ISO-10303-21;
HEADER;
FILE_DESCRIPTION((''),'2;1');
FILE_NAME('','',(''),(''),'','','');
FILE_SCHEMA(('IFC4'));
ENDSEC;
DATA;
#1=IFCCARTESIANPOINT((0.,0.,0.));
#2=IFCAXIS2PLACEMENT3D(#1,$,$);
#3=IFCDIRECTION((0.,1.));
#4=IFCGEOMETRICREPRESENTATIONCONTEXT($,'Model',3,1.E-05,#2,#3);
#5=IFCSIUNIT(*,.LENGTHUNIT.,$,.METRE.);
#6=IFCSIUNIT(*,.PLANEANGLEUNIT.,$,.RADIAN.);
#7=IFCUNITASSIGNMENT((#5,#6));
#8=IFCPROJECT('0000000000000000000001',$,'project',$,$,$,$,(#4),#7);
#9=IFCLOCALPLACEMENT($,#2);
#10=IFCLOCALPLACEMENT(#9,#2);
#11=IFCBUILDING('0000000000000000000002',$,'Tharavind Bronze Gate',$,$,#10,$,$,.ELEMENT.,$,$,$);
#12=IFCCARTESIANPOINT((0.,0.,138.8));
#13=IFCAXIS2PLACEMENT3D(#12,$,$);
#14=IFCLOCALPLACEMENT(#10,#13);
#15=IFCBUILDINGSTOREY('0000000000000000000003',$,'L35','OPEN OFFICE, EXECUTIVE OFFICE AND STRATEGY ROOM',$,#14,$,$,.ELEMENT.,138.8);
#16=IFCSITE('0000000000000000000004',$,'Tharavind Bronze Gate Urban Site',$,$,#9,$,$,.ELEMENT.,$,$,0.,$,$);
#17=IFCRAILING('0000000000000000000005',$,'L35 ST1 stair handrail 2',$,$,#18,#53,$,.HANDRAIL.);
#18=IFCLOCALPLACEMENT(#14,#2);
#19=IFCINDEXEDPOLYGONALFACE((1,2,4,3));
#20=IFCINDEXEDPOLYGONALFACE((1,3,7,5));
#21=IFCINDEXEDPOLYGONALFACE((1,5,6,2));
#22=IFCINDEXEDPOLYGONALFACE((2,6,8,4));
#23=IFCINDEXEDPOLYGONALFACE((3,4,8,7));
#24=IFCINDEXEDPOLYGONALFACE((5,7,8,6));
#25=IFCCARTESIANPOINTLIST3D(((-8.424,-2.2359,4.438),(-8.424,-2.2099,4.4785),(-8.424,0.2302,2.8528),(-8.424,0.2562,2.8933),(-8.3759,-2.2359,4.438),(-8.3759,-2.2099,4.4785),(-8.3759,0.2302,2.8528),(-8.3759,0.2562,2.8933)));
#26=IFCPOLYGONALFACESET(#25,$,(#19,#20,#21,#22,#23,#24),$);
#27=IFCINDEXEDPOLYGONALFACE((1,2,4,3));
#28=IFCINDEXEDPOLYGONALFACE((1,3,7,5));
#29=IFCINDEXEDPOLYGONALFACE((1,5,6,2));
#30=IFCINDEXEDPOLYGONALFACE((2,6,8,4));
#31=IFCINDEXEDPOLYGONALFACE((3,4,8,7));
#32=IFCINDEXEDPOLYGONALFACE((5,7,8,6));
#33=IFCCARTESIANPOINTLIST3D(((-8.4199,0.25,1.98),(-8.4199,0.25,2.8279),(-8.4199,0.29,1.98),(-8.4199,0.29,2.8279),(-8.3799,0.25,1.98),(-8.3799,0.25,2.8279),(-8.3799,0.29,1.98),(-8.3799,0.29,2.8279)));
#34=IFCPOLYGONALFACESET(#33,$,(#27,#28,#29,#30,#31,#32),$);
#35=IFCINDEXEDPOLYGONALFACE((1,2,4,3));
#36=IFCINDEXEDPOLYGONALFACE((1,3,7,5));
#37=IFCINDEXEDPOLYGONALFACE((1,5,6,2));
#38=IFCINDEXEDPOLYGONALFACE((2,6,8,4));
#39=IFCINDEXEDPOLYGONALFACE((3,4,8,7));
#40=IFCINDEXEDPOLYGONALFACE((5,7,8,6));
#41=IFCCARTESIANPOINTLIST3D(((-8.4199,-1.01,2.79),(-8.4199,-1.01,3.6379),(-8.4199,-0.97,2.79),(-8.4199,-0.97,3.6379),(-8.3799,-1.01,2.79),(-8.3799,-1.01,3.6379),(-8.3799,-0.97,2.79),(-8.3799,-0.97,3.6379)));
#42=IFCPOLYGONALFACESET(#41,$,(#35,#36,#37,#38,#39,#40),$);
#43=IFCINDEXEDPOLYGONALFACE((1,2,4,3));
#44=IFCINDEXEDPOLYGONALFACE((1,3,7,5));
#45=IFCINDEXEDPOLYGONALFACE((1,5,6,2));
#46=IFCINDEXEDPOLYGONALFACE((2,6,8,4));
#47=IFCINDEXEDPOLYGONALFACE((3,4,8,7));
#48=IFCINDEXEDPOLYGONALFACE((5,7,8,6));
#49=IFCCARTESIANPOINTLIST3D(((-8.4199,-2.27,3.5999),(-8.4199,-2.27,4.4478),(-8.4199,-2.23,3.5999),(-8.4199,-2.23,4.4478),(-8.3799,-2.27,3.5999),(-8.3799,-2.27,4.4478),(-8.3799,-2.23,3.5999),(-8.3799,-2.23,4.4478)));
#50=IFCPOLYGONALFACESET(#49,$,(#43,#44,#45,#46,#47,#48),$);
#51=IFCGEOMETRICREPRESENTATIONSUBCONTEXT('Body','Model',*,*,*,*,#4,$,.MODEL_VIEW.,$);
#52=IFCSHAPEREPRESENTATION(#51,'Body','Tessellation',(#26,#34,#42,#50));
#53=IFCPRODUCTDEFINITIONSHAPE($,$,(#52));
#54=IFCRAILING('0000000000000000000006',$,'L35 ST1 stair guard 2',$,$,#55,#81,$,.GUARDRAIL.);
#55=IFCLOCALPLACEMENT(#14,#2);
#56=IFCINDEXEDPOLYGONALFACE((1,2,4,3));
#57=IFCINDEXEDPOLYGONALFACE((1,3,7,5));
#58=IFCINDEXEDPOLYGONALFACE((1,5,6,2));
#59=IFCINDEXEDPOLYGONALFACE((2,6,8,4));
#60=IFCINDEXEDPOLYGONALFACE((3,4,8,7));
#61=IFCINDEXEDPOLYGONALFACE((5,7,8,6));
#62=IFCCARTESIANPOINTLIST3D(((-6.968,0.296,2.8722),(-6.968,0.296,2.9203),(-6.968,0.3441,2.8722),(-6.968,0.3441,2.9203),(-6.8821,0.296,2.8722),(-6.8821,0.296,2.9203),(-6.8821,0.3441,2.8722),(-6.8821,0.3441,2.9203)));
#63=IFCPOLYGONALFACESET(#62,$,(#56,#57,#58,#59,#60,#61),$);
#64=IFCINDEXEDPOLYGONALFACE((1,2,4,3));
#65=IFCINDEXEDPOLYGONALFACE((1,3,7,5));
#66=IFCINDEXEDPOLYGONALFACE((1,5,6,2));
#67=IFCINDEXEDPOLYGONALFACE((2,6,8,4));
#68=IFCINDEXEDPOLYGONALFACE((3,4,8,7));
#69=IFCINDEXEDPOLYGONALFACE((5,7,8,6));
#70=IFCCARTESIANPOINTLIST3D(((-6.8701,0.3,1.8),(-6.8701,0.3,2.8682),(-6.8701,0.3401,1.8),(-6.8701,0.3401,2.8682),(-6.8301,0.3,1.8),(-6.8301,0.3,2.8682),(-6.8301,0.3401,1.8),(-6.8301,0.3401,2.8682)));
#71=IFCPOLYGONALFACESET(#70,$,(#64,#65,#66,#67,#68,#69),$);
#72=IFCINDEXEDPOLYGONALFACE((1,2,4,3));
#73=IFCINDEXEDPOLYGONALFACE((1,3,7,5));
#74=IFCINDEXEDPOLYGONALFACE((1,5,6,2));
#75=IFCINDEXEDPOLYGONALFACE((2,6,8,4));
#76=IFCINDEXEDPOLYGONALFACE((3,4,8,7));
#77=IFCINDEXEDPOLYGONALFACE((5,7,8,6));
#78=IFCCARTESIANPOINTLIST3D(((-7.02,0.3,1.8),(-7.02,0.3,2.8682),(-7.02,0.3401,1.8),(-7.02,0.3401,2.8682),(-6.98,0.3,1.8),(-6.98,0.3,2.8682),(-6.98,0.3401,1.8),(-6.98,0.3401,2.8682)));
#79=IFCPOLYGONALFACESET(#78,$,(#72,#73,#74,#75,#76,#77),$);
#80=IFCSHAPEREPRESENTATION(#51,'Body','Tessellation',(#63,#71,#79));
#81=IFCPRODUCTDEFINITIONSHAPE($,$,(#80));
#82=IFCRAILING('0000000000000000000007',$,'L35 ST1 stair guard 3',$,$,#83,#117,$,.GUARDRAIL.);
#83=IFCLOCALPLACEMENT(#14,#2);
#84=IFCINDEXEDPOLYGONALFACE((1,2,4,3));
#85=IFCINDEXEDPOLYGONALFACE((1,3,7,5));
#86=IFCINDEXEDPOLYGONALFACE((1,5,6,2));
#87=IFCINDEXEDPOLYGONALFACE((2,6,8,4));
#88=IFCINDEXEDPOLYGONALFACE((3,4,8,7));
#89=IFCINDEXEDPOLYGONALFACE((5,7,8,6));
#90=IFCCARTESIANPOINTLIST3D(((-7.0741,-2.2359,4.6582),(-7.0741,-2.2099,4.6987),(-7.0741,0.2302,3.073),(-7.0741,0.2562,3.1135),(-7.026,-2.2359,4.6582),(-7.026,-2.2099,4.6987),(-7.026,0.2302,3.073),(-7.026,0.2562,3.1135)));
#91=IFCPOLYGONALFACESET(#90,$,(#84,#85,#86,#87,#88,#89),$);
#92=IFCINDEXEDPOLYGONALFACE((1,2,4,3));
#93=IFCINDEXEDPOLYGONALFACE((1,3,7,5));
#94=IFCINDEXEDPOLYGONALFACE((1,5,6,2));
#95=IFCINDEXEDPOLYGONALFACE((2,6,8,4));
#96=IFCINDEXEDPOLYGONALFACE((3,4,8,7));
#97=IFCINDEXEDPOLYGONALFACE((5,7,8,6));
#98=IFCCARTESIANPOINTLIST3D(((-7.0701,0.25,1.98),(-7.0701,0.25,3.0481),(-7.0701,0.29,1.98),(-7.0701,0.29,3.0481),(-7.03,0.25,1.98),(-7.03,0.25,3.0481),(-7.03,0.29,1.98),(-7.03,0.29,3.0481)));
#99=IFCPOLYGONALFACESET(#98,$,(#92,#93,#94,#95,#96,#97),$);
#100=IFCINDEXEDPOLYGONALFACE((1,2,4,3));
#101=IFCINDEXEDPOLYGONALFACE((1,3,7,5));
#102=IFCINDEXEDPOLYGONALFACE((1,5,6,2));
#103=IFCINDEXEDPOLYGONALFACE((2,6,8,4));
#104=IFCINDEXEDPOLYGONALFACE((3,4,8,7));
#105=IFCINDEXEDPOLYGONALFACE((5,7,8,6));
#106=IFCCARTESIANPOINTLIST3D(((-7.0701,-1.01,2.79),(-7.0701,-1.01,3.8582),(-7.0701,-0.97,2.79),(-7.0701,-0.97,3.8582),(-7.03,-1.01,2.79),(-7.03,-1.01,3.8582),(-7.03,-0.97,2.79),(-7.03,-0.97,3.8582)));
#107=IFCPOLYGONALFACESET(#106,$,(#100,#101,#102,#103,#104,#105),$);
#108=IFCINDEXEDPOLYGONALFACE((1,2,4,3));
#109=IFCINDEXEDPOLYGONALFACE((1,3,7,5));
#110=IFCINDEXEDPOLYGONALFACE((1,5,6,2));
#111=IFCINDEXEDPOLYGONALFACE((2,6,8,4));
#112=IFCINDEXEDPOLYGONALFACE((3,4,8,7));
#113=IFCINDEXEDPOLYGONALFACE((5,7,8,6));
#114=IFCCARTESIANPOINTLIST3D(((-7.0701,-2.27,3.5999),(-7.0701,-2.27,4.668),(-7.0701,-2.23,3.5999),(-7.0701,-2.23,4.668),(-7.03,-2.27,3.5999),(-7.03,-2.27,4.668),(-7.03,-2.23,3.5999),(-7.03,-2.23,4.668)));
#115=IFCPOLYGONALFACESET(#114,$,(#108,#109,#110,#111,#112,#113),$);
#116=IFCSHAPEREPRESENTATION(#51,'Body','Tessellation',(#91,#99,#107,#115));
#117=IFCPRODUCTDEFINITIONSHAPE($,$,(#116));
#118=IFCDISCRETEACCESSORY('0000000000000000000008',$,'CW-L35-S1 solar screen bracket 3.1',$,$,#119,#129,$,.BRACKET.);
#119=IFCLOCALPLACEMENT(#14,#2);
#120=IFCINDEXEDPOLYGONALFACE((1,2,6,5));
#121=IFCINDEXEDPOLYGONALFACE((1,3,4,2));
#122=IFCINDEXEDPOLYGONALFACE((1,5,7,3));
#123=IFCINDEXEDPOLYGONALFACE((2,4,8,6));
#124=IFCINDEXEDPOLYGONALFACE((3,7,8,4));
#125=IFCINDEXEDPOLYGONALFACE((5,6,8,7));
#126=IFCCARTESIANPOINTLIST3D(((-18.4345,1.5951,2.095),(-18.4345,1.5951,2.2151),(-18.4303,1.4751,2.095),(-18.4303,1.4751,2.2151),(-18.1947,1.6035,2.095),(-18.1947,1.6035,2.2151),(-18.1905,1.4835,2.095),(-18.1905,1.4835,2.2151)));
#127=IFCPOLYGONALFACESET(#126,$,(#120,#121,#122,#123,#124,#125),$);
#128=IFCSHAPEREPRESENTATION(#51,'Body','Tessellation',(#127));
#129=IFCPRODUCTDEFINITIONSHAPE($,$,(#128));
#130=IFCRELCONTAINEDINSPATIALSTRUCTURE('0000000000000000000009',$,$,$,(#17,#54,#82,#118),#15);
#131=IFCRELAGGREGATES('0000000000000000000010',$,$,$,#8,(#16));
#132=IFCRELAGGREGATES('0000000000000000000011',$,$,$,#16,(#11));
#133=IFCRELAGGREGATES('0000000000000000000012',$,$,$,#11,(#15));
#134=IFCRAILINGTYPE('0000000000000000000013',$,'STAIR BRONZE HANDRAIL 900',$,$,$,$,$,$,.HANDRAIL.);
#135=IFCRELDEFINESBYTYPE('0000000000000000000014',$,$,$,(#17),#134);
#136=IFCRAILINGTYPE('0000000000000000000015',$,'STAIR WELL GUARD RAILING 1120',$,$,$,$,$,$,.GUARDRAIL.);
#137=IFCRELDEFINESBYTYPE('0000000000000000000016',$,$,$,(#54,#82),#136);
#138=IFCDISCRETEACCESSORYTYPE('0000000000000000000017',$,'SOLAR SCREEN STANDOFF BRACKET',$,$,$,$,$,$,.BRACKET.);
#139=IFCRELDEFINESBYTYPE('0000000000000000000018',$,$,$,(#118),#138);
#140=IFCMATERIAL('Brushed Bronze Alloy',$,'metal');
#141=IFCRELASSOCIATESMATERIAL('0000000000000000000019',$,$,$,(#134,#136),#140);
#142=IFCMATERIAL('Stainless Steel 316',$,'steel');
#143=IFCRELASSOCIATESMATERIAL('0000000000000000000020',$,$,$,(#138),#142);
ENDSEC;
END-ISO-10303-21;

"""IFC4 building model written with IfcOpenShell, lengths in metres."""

from ifc_helpers import new_model, si_unit, direction, frame, origin, origin_2d, place, context, subcontext, project, spatial, rectangle, extrude, material, type_object, element, save


model = new_model("IFC4")

# Units and contexts
model_context = context("Model", 3, precision=1e-05, world=origin(), true_north=direction((0.0, 1.0)))
body_context = subcontext(model_context, "Body", "Model", "MODEL_VIEW")
ifc_project = project(units=[si_unit("LENGTHUNIT", "METRE"), si_unit("PLANEANGLEUNIT", "RADIAN")], contexts=[model_context])

# Site, building, storey
site_placement = place(None, origin())
site = spatial("IfcSite", under=ifc_project, at=site_placement, Name="Tharavind Bronze Gate Urban Site", CompositionType="ELEMENT", RefElevation=0.0)
building_placement = place(site_placement, origin())
building = spatial("IfcBuilding", under=site, at=building_placement, Name="Tharavind Bronze Gate", CompositionType="ELEMENT")
storey_placement = place(building_placement, frame((0.0, 0.0, 138.8)))
storey = spatial("IfcBuildingStorey", under=building, at=storey_placement, Name="L35", Description="OPEN OFFICE, EXECUTIVE OFFICE AND STRATEGY ROOM", CompositionType="ELEMENT", Elevation=138.8)

# Railings
ifc_material_1 = material(Name="Brushed Bronze Alloy", Category="metal")
railing_type_1 = type_object("IfcRailingType", Name="STAIR BRONZE HANDRAIL 900", PredefinedType="HANDRAIL", material=ifc_material_1)
railing_1_placement = place(storey_placement, frame((-8.3999, 0.27, 1.98)))
element("IfcRailing", 1, at=railing_1_placement, inside=storey, type_object=railing_type_1, Name="L35 ST1 stair handrail 2", PredefinedType="HANDRAIL", context=body_context, shape_type="SweptSolid", body=[
    extrude(rectangle(XDim=0.0481, YDim=0.0481, at=origin_2d()), frame((0.0, -0.0269, 0.8931), z_axis=(0.0, -0.8412, 0.540725), x_axis=(1.0, 0.0, 0.0)), (0.0, 0.0, 1.0), 2.9316),
    extrude(rectangle(XDim=0.04, YDim=0.04, at=origin_2d()), origin(), (0.0, 0.0, 1.0), 0.8479),
    extrude(rectangle(XDim=0.04, YDim=0.04, at=origin_2d()), frame((0.0, -1.26, 0.8101)), (0.0, 0.0, 1.0), 0.8479),
    extrude(rectangle(XDim=0.04, YDim=0.04, at=origin_2d()), frame((0.0, -2.52, 1.6199)), (0.0, 0.0, 1.0), 0.8479),
])
railing_type_2 = type_object("IfcRailingType", Name="STAIR WELL GUARD RAILING 1120", PredefinedType="GUARDRAIL", material=ifc_material_1)
railing_2_placement = place(storey_placement, frame((-6.8501, 0.3201, 1.8)))
element("IfcRailing", 2, at=railing_2_placement, inside=storey, type_object=railing_type_2, Name="L35 ST1 stair guard 2", PredefinedType="GUARDRAIL", context=body_context, shape_type="SweptSolid", body=[
    extrude(rectangle(XDim=0.0481, YDim=0.0481, at=origin_2d()), frame((-0.032, 0.0, 1.0962), z_axis=(-1.0, 0.0, 0.0), x_axis=(0.0, -1.0, 0.0)), (0.0, 0.0, 1.0), 0.0859),
    extrude(rectangle(XDim=0.04, YDim=0.04, at=origin_2d()), origin(), (0.0, 0.0, 1.0), 1.0681),
    extrude(rectangle(XDim=0.04, YDim=0.04, at=origin_2d()), frame((-0.1499, 0.0, 0.0)), (0.0, 0.0, 1.0), 1.0681),
])
railing_3_placement = place(storey_placement, frame((-7.05, 0.27, 1.98)))
element("IfcRailing", 3, at=railing_3_placement, inside=storey, type_object=railing_type_2, Name="L35 ST1 stair guard 3", PredefinedType="GUARDRAIL", context=body_context, shape_type="SweptSolid", body=[
    extrude(rectangle(XDim=0.0481, YDim=0.0481, at=origin_2d()), frame((0.0, -0.0269, 1.1133), z_axis=(0.0, -0.8412, 0.540725), x_axis=(1.0, 0.0, 0.0)), (0.0, 0.0, 1.0), 2.9316),
    extrude(rectangle(XDim=0.04, YDim=0.04, at=origin_2d()), origin(), (0.0, 0.0, 1.0), 1.0681),
    extrude(rectangle(XDim=0.04, YDim=0.04, at=origin_2d()), frame((0.0, -1.26, 0.8101)), (0.0, 0.0, 1.0), 1.0681),
    extrude(rectangle(XDim=0.04, YDim=0.04, at=origin_2d()), frame((0.0, -2.52, 1.6199)), (0.0, 0.0, 1.0), 1.0681),
])

# Discrete accessory
ifc_material_2 = material(Name="Stainless Steel 316", Category="steel")
discrete_accessory_type = type_object("IfcDiscreteAccessoryType", Name="SOLAR SCREEN STANDOFF BRACKET", PredefinedType="BRACKET", material=ifc_material_2)
discrete_accessory_placement = place(storey_placement, frame((-18.3125, 1.5393, 2.095), z_axis=(0.0, 0.0, 1.0), x_axis=(0.034899, -0.999391, 0.0)))
element("IfcDiscreteAccessory", 4, at=discrete_accessory_placement, inside=storey, type_object=discrete_accessory_type, Name="CW-L35-S1 solar screen bracket 3.1", PredefinedType="BRACKET", context=body_context, shape_type="SweptSolid", body=[
    extrude(rectangle(XDim=0.1201, YDim=0.24, at=origin_2d()), origin(), (0.0, 0.0, 1.0), 0.1201),
])

save(model, "model.ifc")
